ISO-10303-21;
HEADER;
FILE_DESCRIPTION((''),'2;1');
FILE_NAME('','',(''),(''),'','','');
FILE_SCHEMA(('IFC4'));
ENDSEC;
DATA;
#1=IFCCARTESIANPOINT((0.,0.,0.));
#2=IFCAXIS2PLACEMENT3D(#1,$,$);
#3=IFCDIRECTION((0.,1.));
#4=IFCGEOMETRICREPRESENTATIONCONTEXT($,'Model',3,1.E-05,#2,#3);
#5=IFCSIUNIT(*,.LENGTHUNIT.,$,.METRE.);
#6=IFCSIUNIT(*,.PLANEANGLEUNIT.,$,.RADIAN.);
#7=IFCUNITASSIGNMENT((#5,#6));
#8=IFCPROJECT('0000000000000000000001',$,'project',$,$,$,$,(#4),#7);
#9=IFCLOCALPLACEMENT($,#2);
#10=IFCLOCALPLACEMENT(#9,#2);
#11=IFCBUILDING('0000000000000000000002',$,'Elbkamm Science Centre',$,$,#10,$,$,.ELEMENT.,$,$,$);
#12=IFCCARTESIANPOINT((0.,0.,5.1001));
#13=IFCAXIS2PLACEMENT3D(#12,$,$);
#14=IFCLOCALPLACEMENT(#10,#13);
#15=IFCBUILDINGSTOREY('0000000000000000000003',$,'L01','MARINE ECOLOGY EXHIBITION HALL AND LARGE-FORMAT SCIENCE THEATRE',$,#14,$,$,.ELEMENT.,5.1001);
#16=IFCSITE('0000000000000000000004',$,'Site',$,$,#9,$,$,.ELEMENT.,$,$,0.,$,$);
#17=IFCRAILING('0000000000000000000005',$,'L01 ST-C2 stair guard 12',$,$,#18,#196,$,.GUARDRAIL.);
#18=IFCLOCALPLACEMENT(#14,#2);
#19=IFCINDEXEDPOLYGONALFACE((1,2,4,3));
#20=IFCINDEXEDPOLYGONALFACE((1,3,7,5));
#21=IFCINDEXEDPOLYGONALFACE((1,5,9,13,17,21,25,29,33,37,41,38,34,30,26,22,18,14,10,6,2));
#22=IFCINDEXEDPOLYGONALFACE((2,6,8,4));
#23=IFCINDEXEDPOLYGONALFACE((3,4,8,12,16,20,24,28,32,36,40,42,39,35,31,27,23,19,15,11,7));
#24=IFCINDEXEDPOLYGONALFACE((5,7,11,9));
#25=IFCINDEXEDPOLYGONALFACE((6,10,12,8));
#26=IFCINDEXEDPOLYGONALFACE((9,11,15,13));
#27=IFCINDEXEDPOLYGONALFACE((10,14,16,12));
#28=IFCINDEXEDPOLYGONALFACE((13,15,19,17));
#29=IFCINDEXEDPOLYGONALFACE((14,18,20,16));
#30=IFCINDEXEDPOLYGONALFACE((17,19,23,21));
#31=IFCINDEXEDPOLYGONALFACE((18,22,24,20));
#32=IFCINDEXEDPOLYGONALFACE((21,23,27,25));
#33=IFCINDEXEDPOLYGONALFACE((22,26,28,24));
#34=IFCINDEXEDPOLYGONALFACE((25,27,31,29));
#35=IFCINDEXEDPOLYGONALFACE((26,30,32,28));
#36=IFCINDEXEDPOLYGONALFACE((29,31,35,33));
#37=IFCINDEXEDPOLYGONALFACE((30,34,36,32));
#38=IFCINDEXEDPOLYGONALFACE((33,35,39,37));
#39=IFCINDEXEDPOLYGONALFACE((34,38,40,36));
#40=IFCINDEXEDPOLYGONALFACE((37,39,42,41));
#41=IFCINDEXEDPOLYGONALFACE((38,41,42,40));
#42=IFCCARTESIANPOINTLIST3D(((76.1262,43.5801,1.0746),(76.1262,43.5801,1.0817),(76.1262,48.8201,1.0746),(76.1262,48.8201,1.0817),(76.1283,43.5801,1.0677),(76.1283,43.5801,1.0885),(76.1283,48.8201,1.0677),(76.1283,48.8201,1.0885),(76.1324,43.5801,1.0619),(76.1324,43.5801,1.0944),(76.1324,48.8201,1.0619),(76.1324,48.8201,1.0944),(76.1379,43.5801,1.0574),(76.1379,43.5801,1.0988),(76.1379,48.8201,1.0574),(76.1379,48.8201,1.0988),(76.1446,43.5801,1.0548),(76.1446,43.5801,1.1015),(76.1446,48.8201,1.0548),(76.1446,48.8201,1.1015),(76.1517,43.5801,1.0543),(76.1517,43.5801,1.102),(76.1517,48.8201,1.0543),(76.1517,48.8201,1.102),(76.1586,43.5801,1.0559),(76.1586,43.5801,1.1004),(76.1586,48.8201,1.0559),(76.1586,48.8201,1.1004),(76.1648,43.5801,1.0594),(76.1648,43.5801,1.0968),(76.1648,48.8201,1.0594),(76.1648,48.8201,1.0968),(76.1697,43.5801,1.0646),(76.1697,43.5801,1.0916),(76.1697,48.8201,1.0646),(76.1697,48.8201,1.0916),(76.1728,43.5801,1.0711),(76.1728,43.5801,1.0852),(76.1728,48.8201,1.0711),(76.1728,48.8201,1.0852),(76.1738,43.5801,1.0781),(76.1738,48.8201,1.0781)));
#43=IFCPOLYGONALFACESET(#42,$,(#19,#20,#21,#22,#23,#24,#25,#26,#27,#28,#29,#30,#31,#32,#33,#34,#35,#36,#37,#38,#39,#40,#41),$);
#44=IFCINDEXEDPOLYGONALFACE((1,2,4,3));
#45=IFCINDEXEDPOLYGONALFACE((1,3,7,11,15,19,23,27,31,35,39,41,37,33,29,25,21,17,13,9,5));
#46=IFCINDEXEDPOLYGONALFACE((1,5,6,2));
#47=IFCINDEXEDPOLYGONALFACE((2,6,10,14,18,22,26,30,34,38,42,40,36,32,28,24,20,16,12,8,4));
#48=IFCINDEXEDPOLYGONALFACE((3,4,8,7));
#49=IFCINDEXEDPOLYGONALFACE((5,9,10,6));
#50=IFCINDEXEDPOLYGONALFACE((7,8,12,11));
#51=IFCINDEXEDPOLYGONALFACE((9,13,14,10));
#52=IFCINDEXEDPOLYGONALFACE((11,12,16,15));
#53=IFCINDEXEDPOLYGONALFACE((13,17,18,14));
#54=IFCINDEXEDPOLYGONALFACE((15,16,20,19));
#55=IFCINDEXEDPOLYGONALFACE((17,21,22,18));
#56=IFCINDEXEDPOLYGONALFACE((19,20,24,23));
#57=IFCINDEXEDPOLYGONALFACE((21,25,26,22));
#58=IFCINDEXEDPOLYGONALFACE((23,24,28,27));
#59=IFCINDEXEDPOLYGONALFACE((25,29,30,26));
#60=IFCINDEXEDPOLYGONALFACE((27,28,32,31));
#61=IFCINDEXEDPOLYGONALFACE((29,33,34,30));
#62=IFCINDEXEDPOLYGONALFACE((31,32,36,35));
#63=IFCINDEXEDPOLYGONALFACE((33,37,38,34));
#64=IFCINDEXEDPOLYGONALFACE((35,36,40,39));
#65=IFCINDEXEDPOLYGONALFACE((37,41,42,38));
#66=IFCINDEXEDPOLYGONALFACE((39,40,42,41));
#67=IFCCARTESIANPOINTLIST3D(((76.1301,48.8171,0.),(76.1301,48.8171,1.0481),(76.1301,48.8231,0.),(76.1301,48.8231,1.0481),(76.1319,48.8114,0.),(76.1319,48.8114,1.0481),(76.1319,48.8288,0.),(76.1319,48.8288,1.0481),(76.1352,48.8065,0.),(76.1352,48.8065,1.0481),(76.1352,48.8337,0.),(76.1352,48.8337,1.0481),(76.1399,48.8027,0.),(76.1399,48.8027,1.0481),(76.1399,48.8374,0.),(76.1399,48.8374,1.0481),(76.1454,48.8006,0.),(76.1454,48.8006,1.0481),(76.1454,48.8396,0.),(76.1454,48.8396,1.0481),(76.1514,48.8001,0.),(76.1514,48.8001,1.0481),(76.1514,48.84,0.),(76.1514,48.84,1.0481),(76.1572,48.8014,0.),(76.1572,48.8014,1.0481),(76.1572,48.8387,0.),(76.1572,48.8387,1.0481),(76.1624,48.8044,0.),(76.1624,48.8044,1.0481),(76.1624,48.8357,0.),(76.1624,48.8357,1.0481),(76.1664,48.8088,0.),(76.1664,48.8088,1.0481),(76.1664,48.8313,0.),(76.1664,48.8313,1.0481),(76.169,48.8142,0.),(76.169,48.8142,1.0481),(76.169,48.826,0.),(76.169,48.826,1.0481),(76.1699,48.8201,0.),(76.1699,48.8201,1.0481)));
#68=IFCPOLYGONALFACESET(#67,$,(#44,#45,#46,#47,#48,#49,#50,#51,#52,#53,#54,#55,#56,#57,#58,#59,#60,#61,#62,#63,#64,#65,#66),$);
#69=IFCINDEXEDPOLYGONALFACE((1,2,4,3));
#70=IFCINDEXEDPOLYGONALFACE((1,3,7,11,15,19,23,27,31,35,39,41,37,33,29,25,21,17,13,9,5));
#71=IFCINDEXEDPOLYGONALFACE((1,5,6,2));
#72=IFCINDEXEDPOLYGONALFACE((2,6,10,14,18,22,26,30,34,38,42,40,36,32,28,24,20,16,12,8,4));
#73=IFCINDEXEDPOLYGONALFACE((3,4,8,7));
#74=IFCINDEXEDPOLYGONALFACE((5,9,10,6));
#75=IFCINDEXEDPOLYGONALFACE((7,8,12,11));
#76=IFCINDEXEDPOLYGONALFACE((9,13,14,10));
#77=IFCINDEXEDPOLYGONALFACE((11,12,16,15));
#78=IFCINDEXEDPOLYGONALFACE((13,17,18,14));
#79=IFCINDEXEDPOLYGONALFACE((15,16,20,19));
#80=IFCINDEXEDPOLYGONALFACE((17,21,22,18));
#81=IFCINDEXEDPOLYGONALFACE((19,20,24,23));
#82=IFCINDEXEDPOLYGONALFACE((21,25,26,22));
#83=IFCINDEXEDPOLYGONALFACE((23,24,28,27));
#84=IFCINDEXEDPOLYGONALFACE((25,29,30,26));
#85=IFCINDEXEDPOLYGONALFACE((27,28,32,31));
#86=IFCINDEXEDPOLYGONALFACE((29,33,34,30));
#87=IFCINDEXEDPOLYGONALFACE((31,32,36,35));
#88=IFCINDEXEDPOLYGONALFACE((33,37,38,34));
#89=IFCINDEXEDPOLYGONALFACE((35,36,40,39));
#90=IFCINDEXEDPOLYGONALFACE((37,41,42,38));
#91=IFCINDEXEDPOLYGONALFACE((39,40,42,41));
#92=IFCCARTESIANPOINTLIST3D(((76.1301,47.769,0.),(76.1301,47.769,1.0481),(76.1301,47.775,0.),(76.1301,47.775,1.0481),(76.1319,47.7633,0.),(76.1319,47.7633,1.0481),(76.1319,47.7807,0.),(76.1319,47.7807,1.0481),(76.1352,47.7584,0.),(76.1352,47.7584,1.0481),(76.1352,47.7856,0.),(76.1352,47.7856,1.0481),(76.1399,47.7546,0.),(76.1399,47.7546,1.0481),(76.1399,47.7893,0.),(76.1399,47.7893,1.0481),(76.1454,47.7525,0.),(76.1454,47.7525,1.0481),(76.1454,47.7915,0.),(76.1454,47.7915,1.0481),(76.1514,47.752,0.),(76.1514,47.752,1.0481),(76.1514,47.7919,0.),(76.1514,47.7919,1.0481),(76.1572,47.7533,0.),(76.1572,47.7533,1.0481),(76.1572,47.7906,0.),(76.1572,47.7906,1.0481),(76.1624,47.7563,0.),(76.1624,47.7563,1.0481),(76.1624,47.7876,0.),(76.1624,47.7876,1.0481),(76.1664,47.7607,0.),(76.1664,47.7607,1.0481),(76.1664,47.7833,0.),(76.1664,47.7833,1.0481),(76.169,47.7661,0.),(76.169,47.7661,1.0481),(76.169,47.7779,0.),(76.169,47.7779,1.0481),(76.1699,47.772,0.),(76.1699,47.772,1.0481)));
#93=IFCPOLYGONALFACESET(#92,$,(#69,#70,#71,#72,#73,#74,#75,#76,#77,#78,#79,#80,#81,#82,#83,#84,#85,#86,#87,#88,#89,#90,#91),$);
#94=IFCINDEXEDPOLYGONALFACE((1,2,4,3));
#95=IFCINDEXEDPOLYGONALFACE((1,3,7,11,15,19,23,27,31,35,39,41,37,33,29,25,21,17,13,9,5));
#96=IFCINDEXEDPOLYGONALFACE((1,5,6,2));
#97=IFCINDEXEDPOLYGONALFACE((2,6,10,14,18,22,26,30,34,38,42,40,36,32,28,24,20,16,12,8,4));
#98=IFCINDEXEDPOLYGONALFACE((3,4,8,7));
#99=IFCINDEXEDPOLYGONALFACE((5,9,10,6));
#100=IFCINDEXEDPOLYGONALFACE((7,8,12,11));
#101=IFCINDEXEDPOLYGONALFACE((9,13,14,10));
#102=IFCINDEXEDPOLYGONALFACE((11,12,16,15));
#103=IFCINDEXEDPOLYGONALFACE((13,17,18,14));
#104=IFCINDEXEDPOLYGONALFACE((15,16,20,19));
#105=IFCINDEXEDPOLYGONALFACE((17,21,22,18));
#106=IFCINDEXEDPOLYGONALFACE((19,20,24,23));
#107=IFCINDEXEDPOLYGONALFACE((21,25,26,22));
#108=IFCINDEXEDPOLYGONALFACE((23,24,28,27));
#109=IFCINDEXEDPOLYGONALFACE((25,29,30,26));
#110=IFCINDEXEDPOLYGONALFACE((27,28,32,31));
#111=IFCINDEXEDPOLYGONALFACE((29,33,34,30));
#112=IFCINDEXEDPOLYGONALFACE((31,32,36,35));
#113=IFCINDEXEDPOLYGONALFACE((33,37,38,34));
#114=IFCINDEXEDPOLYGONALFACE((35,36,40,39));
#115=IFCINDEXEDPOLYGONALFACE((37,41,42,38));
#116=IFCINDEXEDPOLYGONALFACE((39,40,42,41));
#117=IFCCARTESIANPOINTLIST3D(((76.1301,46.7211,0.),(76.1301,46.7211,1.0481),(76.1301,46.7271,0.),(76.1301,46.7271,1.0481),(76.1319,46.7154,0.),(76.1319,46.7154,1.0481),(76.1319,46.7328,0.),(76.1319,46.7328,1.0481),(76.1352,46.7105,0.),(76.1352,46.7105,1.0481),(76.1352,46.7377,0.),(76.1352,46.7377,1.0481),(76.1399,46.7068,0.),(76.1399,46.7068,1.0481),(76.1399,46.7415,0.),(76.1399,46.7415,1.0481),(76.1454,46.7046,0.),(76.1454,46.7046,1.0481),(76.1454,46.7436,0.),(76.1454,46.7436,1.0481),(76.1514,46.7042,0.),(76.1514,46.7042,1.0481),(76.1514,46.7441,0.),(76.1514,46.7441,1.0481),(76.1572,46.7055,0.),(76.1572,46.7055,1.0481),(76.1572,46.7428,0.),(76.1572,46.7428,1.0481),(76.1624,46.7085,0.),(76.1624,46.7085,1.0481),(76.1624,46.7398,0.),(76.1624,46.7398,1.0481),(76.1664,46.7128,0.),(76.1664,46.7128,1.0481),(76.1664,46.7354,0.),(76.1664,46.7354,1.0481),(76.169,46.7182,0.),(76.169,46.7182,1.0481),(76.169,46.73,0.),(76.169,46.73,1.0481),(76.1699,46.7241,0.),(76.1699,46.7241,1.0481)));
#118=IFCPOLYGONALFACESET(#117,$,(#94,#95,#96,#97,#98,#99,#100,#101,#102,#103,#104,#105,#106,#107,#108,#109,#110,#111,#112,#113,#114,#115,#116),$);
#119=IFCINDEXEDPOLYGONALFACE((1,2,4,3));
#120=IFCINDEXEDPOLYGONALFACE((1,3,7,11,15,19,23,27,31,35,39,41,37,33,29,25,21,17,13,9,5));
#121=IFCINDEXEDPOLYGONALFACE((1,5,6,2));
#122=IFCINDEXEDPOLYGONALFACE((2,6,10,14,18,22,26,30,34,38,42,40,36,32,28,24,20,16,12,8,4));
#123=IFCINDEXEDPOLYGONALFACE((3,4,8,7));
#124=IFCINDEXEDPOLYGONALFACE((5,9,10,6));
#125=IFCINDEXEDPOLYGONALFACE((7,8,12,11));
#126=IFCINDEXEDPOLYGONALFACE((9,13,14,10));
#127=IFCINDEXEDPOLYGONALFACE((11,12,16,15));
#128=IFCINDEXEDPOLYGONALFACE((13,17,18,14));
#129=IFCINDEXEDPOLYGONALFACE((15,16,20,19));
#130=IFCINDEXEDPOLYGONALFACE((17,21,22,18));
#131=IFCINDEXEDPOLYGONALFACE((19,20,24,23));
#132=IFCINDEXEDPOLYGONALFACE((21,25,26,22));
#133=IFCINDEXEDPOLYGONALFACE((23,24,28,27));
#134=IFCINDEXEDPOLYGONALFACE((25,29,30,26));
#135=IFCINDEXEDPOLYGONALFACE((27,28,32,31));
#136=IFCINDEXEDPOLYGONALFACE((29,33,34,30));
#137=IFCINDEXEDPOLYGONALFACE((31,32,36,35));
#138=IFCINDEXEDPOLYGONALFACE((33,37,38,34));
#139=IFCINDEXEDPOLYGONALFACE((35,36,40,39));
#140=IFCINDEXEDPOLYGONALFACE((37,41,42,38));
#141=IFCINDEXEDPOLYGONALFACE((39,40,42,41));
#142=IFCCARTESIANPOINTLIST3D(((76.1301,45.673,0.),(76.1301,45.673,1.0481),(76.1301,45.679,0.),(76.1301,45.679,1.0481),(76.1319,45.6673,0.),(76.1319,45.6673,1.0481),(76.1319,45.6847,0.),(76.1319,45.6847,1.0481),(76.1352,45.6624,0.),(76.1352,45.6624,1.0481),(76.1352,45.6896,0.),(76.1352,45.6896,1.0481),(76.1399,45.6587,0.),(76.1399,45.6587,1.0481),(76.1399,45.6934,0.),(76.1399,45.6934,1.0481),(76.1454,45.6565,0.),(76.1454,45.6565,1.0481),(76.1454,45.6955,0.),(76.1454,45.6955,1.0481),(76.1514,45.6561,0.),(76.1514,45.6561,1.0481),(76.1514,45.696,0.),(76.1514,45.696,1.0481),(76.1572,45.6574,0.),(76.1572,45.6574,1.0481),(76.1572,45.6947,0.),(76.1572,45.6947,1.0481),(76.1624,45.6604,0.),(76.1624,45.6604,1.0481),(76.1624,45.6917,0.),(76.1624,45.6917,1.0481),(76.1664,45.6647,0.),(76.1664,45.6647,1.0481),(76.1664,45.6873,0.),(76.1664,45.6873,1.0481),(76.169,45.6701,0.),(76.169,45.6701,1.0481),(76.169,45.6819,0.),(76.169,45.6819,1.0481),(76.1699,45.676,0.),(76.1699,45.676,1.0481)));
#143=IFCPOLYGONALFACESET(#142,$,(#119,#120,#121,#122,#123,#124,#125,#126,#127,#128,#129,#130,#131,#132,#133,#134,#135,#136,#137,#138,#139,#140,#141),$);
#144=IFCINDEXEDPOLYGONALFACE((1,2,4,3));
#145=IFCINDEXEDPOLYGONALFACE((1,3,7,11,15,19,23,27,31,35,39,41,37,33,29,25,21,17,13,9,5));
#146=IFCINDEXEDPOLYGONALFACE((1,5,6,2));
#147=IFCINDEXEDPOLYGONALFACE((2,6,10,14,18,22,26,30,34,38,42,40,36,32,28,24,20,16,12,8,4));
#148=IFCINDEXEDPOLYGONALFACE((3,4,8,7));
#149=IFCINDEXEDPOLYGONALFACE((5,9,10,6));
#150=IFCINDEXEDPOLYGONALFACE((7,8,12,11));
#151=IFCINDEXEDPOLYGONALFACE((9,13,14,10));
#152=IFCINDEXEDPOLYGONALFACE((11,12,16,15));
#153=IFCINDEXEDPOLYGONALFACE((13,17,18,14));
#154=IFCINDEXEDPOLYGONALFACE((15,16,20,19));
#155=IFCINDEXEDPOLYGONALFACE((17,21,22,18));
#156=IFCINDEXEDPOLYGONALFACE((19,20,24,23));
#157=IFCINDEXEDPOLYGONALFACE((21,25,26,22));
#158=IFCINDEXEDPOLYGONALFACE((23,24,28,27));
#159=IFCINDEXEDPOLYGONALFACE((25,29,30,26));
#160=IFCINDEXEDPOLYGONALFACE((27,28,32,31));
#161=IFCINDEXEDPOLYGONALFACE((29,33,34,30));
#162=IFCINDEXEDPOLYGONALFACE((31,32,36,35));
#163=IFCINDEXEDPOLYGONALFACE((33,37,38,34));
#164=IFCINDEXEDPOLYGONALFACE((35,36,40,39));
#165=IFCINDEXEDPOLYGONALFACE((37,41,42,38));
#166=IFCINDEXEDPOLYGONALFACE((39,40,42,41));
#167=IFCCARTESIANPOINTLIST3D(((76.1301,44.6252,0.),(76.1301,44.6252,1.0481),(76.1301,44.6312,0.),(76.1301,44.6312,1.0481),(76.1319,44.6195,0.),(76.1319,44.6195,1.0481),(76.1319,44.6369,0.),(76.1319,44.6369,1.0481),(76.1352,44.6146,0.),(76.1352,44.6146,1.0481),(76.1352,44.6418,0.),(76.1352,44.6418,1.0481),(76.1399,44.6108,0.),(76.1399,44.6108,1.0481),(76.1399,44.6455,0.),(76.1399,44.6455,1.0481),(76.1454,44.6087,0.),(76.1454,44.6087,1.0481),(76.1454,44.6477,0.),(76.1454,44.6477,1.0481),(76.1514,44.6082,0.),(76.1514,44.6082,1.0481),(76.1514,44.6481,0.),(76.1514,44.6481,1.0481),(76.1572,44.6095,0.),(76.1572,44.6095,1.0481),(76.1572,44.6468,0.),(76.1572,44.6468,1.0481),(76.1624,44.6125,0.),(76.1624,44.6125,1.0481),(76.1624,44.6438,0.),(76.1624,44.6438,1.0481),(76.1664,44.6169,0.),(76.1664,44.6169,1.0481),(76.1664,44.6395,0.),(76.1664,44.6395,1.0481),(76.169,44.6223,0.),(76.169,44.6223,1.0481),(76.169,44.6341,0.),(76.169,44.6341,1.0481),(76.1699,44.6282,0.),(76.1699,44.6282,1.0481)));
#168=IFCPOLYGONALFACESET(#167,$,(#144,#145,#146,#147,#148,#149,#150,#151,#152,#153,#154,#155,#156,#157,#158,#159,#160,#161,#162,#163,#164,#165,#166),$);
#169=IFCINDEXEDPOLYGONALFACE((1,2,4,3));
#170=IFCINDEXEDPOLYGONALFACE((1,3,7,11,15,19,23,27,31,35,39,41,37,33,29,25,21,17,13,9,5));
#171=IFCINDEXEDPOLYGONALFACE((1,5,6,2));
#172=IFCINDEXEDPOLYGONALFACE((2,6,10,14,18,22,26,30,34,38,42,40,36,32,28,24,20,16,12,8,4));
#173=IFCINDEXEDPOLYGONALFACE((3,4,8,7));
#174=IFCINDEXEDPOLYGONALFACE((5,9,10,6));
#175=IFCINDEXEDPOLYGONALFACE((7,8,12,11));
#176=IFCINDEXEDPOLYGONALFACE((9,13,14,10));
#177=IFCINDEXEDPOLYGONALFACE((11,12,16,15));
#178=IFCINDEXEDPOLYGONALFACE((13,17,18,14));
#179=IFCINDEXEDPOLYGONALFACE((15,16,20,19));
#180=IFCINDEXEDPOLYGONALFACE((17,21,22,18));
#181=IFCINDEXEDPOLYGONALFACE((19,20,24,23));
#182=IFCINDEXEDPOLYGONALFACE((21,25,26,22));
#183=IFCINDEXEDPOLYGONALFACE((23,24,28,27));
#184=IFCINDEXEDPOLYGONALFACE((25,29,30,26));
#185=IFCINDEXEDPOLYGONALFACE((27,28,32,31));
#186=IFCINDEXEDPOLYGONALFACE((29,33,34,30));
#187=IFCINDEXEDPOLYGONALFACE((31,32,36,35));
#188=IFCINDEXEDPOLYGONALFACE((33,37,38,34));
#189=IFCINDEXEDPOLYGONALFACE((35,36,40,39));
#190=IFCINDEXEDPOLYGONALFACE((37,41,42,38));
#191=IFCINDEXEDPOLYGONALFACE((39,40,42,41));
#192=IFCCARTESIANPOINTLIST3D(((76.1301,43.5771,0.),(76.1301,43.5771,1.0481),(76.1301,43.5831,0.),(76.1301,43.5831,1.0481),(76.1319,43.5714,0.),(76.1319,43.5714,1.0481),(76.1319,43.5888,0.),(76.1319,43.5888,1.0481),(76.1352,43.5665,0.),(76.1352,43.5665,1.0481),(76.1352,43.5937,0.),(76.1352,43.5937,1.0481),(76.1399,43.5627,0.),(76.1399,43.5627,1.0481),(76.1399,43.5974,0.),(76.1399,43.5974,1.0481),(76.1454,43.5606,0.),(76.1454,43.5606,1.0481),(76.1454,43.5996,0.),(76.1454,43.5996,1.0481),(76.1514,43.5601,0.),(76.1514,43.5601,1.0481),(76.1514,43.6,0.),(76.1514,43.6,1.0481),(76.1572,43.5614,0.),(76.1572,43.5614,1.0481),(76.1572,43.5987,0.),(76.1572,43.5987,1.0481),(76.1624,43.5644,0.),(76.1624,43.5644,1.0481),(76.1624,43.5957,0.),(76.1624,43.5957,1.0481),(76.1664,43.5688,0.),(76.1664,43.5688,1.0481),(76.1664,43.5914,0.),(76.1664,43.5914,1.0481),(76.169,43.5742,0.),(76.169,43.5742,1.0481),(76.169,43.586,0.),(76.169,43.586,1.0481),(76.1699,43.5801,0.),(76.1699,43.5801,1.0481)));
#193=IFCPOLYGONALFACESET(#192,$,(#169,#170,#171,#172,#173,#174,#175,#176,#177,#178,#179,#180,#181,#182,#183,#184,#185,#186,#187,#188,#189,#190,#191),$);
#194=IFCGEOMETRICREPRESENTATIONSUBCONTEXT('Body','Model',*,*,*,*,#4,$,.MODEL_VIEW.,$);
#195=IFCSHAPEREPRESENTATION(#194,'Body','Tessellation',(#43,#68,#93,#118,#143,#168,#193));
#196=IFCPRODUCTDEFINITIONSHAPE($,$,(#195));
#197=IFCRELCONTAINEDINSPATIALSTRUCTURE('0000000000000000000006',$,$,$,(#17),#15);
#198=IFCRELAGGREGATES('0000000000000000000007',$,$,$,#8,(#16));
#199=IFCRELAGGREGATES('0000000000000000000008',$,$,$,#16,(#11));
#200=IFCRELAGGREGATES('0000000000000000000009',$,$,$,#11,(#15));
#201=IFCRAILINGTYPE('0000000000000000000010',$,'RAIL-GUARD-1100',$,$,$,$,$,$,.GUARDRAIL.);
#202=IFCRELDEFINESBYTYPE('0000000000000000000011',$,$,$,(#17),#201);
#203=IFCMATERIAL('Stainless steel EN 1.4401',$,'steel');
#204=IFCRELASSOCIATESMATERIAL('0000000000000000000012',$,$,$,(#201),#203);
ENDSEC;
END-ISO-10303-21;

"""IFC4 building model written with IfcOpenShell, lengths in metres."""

from ifc_helpers import new_model, si_unit, direction, frame, origin, origin_2d, place, context, subcontext, project, spatial, circle, extrude, material, type_object, element, save


model = new_model("IFC4")

# Units and contexts
model_context = context("Model", 3, precision=1e-05, world=origin(), true_north=direction((0.0, 1.0)))
body_context = subcontext(model_context, "Body", "Model", "MODEL_VIEW")
ifc_project = project(units=[si_unit("LENGTHUNIT", "METRE"), si_unit("PLANEANGLEUNIT", "RADIAN")], contexts=[model_context])

# Site, building, storey
site_placement = place(None, origin())
site = spatial("IfcSite", under=ifc_project, at=site_placement, Name="Site", CompositionType="ELEMENT", RefElevation=0.0)
building_placement = place(site_placement, origin())
building = spatial("IfcBuilding", under=site, at=building_placement, Name="Elbkamm Science Centre", CompositionType="ELEMENT")
storey_placement = place(building_placement, frame((0.0, 0.0, 5.1001)))
storey = spatial("IfcBuildingStorey", under=building, at=storey_placement, Name="L01", Description="MARINE ECOLOGY EXHIBITION HALL AND LARGE-FORMAT SCIENCE THEATRE", CompositionType="ELEMENT", Elevation=5.1001)

# Railing
ifc_material_1 = material(Name="Stainless steel EN 1.4401", Category="steel")
railing_type_1 = type_object("IfcRailingType", Name="RAIL-GUARD-1100", PredefinedType="GUARDRAIL", material=ifc_material_1)
railing_1_placement = place(storey_placement, frame((76.1499, 48.8201, 0.0)))
element("IfcRailing", 1, at=railing_1_placement, inside=storey, type_object=railing_type_1, Name="L01 ST-C2 stair guard 12", PredefinedType="GUARDRAIL", context=body_context, shape_type="SweptSolid", body=[
    extrude(circle(Radius=0.0239, at=origin_2d()), frame((0.0, 0.0, 1.0781), z_axis=(0.0, -1.0, 0.0), x_axis=(1.0, 0.0, 0.0)), (0.0, 0.0, 1.0), 5.24),
    extrude(circle(Radius=0.02, at=origin_2d()), origin(), (0.0, 0.0, 1.0), 1.0481),
    extrude(circle(Radius=0.02, at=origin_2d()), frame((0.0, -1.0481, 0.0)), (0.0, 0.0, 1.0), 1.0481),
    extrude(circle(Radius=0.02, at=origin_2d()), frame((0.0, -2.0959, 0.0)), (0.0, 0.0, 1.0), 1.0481),
    extrude(circle(Radius=0.02, at=origin_2d()), frame((0.0, -3.144, 0.0)), (0.0, 0.0, 1.0), 1.0481),
    extrude(circle(Radius=0.02, at=origin_2d()), frame((0.0, -4.1919, 0.0)), (0.0, 0.0, 1.0), 1.0481),
    extrude(circle(Radius=0.02, at=origin_2d()), frame((0.0, -5.24, 0.0)), (0.0, 0.0, 1.0), 1.0481),
])

save(model, "model.ifc")
